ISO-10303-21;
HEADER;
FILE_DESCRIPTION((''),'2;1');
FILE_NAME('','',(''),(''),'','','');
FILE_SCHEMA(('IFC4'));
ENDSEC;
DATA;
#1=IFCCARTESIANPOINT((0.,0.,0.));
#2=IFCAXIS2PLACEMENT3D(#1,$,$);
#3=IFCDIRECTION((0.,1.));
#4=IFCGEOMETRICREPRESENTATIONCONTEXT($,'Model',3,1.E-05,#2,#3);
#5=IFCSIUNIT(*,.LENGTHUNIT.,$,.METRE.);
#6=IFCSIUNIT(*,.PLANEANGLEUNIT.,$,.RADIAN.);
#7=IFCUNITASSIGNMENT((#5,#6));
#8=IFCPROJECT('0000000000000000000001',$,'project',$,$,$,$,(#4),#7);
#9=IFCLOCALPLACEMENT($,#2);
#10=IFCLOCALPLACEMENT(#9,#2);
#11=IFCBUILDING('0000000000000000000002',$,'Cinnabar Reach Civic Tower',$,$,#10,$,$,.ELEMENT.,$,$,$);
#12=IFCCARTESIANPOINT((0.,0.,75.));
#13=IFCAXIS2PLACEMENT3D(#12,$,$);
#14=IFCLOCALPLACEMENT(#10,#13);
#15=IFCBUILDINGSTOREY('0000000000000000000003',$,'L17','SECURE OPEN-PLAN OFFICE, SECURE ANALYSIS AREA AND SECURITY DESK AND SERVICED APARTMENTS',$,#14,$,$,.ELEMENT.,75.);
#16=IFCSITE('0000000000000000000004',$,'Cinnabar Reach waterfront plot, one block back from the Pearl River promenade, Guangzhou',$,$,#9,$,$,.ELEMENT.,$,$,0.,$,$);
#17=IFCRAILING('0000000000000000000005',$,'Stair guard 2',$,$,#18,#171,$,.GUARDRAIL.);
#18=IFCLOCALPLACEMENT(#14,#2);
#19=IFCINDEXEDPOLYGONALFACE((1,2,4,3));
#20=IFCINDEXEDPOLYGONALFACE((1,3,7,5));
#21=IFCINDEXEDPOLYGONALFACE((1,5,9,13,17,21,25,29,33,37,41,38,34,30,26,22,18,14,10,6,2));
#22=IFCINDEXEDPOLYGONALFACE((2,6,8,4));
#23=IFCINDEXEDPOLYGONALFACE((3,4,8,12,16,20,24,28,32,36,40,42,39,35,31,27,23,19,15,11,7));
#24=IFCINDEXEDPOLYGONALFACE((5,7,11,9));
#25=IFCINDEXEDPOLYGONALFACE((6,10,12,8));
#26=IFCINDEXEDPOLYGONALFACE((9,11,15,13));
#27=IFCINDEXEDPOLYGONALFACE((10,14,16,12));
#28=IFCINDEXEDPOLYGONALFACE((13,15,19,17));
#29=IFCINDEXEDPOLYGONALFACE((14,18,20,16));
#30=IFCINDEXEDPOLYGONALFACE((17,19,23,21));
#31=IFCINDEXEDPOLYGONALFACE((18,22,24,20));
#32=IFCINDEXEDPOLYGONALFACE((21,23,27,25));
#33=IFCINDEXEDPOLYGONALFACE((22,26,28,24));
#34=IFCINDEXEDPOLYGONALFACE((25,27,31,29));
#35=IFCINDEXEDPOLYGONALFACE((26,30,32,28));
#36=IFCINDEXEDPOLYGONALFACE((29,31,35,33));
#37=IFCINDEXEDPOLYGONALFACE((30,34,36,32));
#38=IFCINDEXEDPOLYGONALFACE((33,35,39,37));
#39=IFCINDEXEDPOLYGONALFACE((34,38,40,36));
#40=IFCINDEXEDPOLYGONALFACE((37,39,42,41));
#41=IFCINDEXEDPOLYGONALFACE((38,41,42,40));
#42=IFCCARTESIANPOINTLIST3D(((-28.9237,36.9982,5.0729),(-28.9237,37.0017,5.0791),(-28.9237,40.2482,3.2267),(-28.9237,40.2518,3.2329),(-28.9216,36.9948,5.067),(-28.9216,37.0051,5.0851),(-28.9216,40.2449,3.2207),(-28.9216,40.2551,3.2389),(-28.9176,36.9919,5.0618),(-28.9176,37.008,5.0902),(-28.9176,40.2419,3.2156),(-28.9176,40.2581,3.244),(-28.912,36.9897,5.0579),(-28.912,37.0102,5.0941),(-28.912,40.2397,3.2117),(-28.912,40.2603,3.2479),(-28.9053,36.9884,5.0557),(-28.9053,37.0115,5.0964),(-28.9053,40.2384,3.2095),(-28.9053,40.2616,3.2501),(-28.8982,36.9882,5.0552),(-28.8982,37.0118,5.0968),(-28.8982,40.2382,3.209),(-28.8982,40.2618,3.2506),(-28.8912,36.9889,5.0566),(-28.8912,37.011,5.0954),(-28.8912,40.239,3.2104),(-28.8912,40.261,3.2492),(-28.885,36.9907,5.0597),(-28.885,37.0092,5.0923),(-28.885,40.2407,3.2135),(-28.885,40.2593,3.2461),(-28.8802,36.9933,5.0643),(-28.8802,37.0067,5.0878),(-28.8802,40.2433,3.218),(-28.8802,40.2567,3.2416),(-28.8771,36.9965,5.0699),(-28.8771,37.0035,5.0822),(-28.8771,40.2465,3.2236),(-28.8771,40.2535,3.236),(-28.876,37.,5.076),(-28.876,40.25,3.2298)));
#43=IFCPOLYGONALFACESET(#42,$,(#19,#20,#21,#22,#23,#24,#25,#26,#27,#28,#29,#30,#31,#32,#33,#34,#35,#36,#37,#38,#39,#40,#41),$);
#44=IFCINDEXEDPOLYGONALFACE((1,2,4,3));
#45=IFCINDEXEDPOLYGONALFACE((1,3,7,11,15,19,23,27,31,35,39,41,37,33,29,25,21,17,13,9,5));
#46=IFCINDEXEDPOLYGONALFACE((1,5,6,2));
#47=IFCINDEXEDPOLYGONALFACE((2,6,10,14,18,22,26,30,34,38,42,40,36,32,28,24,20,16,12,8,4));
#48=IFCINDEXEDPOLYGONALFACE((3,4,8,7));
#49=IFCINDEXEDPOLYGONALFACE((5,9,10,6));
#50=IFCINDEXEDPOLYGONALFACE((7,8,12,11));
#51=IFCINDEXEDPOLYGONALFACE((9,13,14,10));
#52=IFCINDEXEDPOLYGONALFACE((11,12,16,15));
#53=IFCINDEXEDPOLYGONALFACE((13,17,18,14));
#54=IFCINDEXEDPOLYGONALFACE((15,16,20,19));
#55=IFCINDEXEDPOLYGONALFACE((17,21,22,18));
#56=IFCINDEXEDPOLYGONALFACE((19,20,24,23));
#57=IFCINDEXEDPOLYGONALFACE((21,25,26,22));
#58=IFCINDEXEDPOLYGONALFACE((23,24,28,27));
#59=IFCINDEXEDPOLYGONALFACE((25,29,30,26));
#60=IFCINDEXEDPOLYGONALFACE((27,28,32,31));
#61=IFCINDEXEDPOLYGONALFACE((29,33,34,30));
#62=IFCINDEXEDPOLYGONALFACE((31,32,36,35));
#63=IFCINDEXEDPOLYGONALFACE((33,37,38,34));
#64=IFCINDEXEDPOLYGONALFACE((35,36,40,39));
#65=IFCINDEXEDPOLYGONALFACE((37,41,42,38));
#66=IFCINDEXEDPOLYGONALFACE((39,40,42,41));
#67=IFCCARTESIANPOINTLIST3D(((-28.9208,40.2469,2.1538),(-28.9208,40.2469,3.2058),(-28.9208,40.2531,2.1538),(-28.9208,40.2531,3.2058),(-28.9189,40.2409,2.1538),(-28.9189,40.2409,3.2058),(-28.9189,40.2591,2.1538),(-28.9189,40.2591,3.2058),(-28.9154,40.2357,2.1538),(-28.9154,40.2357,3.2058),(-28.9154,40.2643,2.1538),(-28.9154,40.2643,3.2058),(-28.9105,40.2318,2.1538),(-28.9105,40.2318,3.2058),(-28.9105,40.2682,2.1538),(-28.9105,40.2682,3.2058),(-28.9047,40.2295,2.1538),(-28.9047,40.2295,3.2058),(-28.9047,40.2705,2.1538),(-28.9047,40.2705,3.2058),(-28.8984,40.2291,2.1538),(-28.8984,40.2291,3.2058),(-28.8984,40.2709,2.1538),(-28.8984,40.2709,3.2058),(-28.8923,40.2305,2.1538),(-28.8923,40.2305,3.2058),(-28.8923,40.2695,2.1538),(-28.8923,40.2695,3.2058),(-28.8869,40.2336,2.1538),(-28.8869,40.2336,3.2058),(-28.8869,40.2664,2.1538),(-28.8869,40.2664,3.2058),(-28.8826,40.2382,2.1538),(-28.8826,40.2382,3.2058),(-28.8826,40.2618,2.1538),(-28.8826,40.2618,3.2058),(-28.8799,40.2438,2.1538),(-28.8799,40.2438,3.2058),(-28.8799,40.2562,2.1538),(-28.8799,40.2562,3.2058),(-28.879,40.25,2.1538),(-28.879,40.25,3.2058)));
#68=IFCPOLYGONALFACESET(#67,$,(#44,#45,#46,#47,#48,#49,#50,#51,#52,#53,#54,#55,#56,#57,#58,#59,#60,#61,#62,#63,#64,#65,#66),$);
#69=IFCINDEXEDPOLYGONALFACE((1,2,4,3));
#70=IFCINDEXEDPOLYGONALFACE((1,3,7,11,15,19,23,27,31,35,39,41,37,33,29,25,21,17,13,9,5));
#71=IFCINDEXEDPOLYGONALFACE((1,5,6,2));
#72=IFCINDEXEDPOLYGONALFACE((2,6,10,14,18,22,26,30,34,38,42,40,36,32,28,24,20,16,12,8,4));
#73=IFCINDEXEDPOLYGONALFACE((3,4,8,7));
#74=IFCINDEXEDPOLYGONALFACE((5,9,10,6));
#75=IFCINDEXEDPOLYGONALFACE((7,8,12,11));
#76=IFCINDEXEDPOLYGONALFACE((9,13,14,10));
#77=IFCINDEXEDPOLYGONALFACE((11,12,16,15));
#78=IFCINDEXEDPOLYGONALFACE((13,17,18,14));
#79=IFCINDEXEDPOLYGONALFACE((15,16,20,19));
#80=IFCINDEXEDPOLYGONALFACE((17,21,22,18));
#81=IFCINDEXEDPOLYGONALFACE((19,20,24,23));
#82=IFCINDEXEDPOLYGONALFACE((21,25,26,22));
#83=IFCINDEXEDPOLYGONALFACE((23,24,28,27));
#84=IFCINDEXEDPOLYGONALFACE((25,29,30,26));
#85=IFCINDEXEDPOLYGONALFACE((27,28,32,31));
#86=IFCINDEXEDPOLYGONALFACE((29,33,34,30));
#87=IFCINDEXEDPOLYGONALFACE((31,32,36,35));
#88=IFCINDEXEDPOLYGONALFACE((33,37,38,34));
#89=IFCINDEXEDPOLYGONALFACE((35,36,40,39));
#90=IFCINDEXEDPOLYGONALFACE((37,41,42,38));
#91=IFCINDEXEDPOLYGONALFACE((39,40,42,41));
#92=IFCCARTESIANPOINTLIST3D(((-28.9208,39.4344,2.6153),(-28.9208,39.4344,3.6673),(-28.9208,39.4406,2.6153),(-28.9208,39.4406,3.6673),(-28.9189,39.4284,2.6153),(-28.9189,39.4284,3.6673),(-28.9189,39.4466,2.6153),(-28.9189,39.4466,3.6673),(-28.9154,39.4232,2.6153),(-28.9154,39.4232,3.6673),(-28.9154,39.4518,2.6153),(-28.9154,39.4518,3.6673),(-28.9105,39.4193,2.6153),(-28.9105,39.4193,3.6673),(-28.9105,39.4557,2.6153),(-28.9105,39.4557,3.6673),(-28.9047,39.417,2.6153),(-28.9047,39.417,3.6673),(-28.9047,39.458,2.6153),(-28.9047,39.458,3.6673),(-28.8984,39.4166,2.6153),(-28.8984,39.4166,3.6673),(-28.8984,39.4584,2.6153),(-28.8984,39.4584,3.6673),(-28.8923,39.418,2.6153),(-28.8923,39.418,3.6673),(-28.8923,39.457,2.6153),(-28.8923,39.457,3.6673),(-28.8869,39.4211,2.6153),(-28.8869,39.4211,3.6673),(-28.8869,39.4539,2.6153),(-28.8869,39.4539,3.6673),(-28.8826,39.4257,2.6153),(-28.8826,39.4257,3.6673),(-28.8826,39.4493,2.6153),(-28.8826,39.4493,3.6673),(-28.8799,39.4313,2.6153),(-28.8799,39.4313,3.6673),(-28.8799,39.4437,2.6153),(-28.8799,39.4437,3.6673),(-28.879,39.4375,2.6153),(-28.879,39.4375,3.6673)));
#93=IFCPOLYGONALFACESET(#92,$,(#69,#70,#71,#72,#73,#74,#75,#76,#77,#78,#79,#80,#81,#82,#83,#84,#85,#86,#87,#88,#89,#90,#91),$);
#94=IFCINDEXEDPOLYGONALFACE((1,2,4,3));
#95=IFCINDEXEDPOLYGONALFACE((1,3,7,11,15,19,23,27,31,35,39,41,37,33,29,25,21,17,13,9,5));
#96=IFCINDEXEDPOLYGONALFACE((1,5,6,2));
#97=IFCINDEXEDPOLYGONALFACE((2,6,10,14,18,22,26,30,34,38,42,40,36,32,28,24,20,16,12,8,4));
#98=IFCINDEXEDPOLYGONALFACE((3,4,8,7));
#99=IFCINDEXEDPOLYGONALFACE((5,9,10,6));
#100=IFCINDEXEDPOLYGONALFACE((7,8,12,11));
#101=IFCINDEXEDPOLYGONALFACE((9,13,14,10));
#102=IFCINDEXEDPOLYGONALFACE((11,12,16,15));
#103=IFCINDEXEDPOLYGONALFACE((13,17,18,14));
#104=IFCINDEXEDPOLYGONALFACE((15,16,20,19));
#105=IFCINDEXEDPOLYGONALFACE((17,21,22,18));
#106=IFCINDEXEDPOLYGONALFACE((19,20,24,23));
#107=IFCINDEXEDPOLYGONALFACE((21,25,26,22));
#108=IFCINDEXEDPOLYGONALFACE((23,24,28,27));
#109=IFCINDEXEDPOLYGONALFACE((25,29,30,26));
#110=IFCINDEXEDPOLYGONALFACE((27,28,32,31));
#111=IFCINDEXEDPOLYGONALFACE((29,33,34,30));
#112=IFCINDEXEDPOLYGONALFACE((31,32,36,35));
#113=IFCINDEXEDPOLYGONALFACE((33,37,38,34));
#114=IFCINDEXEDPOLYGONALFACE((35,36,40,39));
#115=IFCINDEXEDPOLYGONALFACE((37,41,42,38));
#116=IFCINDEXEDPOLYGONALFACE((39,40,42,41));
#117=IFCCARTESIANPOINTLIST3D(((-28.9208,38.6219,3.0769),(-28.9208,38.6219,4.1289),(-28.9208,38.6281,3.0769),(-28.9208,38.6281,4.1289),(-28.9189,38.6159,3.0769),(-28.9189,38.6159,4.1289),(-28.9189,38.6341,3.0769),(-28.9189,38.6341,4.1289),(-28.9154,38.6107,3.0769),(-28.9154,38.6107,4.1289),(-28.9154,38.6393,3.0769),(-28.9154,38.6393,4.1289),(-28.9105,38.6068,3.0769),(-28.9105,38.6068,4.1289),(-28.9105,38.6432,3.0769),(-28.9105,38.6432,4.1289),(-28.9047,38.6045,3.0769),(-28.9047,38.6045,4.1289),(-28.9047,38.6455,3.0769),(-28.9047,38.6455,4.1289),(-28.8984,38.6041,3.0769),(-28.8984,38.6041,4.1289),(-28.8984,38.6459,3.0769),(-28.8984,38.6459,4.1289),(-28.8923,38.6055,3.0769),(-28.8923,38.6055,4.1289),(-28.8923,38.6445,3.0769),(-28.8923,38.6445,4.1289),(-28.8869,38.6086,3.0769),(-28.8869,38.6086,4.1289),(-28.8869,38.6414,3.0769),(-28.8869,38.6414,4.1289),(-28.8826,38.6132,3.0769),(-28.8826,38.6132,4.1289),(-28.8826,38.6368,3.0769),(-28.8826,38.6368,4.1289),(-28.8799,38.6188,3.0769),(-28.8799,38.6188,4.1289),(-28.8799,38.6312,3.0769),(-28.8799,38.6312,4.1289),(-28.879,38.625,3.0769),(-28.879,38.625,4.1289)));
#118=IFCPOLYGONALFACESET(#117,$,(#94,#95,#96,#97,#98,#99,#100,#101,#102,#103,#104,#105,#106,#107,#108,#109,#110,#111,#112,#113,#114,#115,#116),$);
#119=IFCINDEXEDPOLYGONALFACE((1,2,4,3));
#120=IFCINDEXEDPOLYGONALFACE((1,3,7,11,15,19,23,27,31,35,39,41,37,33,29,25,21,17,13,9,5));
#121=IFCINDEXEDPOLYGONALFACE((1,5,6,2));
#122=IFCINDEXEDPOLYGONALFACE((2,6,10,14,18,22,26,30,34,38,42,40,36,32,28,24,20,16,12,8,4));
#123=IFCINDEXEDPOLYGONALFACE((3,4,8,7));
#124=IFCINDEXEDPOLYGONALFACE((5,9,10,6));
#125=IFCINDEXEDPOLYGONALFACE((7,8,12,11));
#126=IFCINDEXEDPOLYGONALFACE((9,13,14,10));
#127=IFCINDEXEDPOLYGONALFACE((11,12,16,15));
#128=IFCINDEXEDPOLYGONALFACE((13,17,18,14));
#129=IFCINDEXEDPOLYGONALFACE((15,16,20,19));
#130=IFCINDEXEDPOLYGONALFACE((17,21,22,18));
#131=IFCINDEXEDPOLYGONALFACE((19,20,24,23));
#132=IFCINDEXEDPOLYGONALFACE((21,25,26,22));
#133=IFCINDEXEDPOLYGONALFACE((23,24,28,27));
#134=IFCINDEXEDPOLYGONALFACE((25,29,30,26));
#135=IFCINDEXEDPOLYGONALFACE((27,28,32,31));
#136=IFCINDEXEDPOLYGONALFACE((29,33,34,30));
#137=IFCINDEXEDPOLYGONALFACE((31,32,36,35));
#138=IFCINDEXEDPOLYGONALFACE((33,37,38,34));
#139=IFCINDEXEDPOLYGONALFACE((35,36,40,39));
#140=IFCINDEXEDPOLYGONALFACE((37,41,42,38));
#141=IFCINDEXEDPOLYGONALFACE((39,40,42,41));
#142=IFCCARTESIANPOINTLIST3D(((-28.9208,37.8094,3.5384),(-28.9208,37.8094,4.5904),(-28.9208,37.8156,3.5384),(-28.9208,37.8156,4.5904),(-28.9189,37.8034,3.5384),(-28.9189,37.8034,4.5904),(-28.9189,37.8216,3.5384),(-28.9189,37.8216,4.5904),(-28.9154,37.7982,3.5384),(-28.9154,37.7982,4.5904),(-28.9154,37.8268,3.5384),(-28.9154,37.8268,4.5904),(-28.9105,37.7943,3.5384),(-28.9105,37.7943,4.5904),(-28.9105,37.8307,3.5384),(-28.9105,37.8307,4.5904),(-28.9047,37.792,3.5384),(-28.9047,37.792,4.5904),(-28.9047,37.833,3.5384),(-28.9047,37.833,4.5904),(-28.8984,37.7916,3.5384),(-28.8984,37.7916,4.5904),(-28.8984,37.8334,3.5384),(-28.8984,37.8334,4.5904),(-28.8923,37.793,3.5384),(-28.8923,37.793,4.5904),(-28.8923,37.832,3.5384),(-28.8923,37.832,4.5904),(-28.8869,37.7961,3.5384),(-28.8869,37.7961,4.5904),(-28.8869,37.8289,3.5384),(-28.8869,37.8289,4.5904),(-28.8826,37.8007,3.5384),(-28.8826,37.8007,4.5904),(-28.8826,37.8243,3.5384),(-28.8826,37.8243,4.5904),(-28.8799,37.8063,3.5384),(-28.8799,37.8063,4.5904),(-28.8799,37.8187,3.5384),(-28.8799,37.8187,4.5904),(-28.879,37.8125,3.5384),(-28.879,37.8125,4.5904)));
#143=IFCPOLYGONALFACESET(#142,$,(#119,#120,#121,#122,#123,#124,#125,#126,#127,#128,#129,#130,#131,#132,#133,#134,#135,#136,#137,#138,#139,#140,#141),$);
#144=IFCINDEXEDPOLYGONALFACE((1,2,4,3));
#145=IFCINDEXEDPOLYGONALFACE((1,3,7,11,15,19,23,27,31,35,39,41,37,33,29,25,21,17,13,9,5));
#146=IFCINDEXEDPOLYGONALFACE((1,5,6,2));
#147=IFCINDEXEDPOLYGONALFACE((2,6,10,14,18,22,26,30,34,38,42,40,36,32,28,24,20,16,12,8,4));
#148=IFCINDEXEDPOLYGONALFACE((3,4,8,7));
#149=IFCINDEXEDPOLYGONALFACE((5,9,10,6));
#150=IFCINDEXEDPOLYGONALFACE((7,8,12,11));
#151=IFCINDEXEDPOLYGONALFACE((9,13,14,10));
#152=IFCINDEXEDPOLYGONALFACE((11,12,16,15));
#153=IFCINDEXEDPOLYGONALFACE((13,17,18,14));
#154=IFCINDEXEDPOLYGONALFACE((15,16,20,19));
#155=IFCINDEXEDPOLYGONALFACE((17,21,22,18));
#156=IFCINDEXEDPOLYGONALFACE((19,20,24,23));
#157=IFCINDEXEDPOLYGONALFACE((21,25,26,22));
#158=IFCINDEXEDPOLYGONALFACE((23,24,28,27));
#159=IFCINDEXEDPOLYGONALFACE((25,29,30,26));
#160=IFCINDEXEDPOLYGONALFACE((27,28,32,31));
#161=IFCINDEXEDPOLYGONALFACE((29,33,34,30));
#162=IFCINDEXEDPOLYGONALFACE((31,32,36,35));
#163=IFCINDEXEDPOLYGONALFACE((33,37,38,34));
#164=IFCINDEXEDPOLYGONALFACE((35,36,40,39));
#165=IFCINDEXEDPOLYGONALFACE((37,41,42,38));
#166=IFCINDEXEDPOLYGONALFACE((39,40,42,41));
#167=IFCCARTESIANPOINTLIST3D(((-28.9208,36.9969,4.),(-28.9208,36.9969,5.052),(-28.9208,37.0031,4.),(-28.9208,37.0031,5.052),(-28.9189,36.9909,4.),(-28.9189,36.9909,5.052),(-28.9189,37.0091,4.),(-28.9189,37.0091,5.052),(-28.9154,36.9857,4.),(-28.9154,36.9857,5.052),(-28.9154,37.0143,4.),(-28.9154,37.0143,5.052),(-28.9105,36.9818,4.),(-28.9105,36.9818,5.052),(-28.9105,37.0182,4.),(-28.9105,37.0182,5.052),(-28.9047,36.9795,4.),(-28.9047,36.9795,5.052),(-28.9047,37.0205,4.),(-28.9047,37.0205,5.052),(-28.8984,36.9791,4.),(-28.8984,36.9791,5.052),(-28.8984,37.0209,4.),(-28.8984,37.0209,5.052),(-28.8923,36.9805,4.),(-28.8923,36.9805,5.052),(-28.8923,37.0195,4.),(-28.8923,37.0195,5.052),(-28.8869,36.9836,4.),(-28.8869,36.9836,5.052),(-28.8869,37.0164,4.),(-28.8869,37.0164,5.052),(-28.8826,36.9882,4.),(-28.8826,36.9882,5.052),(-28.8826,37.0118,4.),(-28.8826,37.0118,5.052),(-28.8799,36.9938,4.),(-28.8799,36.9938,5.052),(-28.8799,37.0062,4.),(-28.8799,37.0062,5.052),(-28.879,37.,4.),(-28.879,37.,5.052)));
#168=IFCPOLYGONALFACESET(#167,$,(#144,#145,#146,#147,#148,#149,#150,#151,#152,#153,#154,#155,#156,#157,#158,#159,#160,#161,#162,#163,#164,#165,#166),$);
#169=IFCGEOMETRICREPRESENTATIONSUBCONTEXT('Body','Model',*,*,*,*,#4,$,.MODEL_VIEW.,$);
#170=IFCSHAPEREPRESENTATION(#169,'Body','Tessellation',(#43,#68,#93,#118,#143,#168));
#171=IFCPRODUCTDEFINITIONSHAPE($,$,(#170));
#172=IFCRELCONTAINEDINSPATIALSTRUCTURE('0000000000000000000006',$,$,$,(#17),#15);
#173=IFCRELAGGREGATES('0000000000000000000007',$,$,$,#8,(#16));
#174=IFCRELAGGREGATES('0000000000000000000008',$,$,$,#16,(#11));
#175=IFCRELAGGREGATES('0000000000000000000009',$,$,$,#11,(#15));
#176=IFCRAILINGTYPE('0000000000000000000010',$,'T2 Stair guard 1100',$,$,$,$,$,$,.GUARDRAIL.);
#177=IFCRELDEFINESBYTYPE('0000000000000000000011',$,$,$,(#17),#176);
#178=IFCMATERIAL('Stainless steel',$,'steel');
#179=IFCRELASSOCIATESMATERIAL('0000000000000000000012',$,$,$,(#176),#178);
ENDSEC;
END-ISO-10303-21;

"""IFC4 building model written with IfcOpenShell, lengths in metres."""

from ifc_helpers import new_model, si_unit, direction, frame, origin, origin_2d, place, context, subcontext, project, spatial, circle, extrude, material, type_object, element, save


model = new_model("IFC4")

# Units and contexts
model_context = context("Model", 3, precision=1e-05, world=origin(), true_north=direction((0.0, 1.0)))
body_context = subcontext(model_context, "Body", "Model", "MODEL_VIEW")
ifc_project = project(units=[si_unit("LENGTHUNIT", "METRE"), si_unit("PLANEANGLEUNIT", "RADIAN")], contexts=[model_context])

# Site, building, storey
site_placement = place(None, origin())
site = spatial("IfcSite", under=ifc_project, at=site_placement, Name="Cinnabar Reach waterfront plot, one block back from the Pearl River promenade, Guangzhou", CompositionType="ELEMENT", RefElevation=0.0)
building_placement = place(site_placement, origin())
building = spatial("IfcBuilding", under=site, at=building_placement, Name="Cinnabar Reach Civic Tower", CompositionType="ELEMENT")
storey_placement = place(building_placement, frame((0.0, 0.0, 75.0)))
storey = spatial("IfcBuildingStorey", under=building, at=storey_placement, Name="L17", Description="SECURE OPEN-PLAN OFFICE, SECURE ANALYSIS AREA AND SECURITY DESK AND SERVICED APARTMENTS", CompositionType="ELEMENT", Elevation=75.0)

# Railing
ifc_material_1 = material(Name="Stainless steel", Category="steel")
railing_type = type_object("IfcRailingType", Name="T2 Stair guard 1100", PredefinedType="GUARDRAIL", material=ifc_material_1)
railing_1_placement = place(storey_placement, frame((-28.9, 40.25, 2.1538)))
element("IfcRailing", 1, at=railing_1_placement, inside=storey, type_object=railing_type, Name="Stair guard 2", PredefinedType="GUARDRAIL", context=body_context, shape_type="SweptSolid", body=[
    extrude(circle(Radius=0.024, at=origin_2d()), frame((0.0, 0.0, 1.076), z_axis=(0.0, -0.869501, 0.49393), x_axis=(1.0, 0.0, 0.0)), (0.0, 0.0, 1.0), 3.7378),
    extrude(circle(Radius=0.021, at=origin_2d()), origin(), (0.0, 0.0, 1.0), 1.052),
    extrude(circle(Radius=0.021, at=origin_2d()), frame((0.0, -0.8125, 0.4615)), (0.0, 0.0, 1.0), 1.052),
    extrude(circle(Radius=0.021, at=origin_2d()), frame((0.0, -1.625, 0.9231)), (0.0, 0.0, 1.0), 1.052),
    extrude(circle(Radius=0.021, at=origin_2d()), frame((0.0, -2.4375, 1.3846)), (0.0, 0.0, 1.0), 1.052),
    extrude(circle(Radius=0.021, at=origin_2d()), frame((0.0, -3.25, 1.8462)), (0.0, 0.0, 1.0), 1.052),
])

save(model, "model.ifc")
